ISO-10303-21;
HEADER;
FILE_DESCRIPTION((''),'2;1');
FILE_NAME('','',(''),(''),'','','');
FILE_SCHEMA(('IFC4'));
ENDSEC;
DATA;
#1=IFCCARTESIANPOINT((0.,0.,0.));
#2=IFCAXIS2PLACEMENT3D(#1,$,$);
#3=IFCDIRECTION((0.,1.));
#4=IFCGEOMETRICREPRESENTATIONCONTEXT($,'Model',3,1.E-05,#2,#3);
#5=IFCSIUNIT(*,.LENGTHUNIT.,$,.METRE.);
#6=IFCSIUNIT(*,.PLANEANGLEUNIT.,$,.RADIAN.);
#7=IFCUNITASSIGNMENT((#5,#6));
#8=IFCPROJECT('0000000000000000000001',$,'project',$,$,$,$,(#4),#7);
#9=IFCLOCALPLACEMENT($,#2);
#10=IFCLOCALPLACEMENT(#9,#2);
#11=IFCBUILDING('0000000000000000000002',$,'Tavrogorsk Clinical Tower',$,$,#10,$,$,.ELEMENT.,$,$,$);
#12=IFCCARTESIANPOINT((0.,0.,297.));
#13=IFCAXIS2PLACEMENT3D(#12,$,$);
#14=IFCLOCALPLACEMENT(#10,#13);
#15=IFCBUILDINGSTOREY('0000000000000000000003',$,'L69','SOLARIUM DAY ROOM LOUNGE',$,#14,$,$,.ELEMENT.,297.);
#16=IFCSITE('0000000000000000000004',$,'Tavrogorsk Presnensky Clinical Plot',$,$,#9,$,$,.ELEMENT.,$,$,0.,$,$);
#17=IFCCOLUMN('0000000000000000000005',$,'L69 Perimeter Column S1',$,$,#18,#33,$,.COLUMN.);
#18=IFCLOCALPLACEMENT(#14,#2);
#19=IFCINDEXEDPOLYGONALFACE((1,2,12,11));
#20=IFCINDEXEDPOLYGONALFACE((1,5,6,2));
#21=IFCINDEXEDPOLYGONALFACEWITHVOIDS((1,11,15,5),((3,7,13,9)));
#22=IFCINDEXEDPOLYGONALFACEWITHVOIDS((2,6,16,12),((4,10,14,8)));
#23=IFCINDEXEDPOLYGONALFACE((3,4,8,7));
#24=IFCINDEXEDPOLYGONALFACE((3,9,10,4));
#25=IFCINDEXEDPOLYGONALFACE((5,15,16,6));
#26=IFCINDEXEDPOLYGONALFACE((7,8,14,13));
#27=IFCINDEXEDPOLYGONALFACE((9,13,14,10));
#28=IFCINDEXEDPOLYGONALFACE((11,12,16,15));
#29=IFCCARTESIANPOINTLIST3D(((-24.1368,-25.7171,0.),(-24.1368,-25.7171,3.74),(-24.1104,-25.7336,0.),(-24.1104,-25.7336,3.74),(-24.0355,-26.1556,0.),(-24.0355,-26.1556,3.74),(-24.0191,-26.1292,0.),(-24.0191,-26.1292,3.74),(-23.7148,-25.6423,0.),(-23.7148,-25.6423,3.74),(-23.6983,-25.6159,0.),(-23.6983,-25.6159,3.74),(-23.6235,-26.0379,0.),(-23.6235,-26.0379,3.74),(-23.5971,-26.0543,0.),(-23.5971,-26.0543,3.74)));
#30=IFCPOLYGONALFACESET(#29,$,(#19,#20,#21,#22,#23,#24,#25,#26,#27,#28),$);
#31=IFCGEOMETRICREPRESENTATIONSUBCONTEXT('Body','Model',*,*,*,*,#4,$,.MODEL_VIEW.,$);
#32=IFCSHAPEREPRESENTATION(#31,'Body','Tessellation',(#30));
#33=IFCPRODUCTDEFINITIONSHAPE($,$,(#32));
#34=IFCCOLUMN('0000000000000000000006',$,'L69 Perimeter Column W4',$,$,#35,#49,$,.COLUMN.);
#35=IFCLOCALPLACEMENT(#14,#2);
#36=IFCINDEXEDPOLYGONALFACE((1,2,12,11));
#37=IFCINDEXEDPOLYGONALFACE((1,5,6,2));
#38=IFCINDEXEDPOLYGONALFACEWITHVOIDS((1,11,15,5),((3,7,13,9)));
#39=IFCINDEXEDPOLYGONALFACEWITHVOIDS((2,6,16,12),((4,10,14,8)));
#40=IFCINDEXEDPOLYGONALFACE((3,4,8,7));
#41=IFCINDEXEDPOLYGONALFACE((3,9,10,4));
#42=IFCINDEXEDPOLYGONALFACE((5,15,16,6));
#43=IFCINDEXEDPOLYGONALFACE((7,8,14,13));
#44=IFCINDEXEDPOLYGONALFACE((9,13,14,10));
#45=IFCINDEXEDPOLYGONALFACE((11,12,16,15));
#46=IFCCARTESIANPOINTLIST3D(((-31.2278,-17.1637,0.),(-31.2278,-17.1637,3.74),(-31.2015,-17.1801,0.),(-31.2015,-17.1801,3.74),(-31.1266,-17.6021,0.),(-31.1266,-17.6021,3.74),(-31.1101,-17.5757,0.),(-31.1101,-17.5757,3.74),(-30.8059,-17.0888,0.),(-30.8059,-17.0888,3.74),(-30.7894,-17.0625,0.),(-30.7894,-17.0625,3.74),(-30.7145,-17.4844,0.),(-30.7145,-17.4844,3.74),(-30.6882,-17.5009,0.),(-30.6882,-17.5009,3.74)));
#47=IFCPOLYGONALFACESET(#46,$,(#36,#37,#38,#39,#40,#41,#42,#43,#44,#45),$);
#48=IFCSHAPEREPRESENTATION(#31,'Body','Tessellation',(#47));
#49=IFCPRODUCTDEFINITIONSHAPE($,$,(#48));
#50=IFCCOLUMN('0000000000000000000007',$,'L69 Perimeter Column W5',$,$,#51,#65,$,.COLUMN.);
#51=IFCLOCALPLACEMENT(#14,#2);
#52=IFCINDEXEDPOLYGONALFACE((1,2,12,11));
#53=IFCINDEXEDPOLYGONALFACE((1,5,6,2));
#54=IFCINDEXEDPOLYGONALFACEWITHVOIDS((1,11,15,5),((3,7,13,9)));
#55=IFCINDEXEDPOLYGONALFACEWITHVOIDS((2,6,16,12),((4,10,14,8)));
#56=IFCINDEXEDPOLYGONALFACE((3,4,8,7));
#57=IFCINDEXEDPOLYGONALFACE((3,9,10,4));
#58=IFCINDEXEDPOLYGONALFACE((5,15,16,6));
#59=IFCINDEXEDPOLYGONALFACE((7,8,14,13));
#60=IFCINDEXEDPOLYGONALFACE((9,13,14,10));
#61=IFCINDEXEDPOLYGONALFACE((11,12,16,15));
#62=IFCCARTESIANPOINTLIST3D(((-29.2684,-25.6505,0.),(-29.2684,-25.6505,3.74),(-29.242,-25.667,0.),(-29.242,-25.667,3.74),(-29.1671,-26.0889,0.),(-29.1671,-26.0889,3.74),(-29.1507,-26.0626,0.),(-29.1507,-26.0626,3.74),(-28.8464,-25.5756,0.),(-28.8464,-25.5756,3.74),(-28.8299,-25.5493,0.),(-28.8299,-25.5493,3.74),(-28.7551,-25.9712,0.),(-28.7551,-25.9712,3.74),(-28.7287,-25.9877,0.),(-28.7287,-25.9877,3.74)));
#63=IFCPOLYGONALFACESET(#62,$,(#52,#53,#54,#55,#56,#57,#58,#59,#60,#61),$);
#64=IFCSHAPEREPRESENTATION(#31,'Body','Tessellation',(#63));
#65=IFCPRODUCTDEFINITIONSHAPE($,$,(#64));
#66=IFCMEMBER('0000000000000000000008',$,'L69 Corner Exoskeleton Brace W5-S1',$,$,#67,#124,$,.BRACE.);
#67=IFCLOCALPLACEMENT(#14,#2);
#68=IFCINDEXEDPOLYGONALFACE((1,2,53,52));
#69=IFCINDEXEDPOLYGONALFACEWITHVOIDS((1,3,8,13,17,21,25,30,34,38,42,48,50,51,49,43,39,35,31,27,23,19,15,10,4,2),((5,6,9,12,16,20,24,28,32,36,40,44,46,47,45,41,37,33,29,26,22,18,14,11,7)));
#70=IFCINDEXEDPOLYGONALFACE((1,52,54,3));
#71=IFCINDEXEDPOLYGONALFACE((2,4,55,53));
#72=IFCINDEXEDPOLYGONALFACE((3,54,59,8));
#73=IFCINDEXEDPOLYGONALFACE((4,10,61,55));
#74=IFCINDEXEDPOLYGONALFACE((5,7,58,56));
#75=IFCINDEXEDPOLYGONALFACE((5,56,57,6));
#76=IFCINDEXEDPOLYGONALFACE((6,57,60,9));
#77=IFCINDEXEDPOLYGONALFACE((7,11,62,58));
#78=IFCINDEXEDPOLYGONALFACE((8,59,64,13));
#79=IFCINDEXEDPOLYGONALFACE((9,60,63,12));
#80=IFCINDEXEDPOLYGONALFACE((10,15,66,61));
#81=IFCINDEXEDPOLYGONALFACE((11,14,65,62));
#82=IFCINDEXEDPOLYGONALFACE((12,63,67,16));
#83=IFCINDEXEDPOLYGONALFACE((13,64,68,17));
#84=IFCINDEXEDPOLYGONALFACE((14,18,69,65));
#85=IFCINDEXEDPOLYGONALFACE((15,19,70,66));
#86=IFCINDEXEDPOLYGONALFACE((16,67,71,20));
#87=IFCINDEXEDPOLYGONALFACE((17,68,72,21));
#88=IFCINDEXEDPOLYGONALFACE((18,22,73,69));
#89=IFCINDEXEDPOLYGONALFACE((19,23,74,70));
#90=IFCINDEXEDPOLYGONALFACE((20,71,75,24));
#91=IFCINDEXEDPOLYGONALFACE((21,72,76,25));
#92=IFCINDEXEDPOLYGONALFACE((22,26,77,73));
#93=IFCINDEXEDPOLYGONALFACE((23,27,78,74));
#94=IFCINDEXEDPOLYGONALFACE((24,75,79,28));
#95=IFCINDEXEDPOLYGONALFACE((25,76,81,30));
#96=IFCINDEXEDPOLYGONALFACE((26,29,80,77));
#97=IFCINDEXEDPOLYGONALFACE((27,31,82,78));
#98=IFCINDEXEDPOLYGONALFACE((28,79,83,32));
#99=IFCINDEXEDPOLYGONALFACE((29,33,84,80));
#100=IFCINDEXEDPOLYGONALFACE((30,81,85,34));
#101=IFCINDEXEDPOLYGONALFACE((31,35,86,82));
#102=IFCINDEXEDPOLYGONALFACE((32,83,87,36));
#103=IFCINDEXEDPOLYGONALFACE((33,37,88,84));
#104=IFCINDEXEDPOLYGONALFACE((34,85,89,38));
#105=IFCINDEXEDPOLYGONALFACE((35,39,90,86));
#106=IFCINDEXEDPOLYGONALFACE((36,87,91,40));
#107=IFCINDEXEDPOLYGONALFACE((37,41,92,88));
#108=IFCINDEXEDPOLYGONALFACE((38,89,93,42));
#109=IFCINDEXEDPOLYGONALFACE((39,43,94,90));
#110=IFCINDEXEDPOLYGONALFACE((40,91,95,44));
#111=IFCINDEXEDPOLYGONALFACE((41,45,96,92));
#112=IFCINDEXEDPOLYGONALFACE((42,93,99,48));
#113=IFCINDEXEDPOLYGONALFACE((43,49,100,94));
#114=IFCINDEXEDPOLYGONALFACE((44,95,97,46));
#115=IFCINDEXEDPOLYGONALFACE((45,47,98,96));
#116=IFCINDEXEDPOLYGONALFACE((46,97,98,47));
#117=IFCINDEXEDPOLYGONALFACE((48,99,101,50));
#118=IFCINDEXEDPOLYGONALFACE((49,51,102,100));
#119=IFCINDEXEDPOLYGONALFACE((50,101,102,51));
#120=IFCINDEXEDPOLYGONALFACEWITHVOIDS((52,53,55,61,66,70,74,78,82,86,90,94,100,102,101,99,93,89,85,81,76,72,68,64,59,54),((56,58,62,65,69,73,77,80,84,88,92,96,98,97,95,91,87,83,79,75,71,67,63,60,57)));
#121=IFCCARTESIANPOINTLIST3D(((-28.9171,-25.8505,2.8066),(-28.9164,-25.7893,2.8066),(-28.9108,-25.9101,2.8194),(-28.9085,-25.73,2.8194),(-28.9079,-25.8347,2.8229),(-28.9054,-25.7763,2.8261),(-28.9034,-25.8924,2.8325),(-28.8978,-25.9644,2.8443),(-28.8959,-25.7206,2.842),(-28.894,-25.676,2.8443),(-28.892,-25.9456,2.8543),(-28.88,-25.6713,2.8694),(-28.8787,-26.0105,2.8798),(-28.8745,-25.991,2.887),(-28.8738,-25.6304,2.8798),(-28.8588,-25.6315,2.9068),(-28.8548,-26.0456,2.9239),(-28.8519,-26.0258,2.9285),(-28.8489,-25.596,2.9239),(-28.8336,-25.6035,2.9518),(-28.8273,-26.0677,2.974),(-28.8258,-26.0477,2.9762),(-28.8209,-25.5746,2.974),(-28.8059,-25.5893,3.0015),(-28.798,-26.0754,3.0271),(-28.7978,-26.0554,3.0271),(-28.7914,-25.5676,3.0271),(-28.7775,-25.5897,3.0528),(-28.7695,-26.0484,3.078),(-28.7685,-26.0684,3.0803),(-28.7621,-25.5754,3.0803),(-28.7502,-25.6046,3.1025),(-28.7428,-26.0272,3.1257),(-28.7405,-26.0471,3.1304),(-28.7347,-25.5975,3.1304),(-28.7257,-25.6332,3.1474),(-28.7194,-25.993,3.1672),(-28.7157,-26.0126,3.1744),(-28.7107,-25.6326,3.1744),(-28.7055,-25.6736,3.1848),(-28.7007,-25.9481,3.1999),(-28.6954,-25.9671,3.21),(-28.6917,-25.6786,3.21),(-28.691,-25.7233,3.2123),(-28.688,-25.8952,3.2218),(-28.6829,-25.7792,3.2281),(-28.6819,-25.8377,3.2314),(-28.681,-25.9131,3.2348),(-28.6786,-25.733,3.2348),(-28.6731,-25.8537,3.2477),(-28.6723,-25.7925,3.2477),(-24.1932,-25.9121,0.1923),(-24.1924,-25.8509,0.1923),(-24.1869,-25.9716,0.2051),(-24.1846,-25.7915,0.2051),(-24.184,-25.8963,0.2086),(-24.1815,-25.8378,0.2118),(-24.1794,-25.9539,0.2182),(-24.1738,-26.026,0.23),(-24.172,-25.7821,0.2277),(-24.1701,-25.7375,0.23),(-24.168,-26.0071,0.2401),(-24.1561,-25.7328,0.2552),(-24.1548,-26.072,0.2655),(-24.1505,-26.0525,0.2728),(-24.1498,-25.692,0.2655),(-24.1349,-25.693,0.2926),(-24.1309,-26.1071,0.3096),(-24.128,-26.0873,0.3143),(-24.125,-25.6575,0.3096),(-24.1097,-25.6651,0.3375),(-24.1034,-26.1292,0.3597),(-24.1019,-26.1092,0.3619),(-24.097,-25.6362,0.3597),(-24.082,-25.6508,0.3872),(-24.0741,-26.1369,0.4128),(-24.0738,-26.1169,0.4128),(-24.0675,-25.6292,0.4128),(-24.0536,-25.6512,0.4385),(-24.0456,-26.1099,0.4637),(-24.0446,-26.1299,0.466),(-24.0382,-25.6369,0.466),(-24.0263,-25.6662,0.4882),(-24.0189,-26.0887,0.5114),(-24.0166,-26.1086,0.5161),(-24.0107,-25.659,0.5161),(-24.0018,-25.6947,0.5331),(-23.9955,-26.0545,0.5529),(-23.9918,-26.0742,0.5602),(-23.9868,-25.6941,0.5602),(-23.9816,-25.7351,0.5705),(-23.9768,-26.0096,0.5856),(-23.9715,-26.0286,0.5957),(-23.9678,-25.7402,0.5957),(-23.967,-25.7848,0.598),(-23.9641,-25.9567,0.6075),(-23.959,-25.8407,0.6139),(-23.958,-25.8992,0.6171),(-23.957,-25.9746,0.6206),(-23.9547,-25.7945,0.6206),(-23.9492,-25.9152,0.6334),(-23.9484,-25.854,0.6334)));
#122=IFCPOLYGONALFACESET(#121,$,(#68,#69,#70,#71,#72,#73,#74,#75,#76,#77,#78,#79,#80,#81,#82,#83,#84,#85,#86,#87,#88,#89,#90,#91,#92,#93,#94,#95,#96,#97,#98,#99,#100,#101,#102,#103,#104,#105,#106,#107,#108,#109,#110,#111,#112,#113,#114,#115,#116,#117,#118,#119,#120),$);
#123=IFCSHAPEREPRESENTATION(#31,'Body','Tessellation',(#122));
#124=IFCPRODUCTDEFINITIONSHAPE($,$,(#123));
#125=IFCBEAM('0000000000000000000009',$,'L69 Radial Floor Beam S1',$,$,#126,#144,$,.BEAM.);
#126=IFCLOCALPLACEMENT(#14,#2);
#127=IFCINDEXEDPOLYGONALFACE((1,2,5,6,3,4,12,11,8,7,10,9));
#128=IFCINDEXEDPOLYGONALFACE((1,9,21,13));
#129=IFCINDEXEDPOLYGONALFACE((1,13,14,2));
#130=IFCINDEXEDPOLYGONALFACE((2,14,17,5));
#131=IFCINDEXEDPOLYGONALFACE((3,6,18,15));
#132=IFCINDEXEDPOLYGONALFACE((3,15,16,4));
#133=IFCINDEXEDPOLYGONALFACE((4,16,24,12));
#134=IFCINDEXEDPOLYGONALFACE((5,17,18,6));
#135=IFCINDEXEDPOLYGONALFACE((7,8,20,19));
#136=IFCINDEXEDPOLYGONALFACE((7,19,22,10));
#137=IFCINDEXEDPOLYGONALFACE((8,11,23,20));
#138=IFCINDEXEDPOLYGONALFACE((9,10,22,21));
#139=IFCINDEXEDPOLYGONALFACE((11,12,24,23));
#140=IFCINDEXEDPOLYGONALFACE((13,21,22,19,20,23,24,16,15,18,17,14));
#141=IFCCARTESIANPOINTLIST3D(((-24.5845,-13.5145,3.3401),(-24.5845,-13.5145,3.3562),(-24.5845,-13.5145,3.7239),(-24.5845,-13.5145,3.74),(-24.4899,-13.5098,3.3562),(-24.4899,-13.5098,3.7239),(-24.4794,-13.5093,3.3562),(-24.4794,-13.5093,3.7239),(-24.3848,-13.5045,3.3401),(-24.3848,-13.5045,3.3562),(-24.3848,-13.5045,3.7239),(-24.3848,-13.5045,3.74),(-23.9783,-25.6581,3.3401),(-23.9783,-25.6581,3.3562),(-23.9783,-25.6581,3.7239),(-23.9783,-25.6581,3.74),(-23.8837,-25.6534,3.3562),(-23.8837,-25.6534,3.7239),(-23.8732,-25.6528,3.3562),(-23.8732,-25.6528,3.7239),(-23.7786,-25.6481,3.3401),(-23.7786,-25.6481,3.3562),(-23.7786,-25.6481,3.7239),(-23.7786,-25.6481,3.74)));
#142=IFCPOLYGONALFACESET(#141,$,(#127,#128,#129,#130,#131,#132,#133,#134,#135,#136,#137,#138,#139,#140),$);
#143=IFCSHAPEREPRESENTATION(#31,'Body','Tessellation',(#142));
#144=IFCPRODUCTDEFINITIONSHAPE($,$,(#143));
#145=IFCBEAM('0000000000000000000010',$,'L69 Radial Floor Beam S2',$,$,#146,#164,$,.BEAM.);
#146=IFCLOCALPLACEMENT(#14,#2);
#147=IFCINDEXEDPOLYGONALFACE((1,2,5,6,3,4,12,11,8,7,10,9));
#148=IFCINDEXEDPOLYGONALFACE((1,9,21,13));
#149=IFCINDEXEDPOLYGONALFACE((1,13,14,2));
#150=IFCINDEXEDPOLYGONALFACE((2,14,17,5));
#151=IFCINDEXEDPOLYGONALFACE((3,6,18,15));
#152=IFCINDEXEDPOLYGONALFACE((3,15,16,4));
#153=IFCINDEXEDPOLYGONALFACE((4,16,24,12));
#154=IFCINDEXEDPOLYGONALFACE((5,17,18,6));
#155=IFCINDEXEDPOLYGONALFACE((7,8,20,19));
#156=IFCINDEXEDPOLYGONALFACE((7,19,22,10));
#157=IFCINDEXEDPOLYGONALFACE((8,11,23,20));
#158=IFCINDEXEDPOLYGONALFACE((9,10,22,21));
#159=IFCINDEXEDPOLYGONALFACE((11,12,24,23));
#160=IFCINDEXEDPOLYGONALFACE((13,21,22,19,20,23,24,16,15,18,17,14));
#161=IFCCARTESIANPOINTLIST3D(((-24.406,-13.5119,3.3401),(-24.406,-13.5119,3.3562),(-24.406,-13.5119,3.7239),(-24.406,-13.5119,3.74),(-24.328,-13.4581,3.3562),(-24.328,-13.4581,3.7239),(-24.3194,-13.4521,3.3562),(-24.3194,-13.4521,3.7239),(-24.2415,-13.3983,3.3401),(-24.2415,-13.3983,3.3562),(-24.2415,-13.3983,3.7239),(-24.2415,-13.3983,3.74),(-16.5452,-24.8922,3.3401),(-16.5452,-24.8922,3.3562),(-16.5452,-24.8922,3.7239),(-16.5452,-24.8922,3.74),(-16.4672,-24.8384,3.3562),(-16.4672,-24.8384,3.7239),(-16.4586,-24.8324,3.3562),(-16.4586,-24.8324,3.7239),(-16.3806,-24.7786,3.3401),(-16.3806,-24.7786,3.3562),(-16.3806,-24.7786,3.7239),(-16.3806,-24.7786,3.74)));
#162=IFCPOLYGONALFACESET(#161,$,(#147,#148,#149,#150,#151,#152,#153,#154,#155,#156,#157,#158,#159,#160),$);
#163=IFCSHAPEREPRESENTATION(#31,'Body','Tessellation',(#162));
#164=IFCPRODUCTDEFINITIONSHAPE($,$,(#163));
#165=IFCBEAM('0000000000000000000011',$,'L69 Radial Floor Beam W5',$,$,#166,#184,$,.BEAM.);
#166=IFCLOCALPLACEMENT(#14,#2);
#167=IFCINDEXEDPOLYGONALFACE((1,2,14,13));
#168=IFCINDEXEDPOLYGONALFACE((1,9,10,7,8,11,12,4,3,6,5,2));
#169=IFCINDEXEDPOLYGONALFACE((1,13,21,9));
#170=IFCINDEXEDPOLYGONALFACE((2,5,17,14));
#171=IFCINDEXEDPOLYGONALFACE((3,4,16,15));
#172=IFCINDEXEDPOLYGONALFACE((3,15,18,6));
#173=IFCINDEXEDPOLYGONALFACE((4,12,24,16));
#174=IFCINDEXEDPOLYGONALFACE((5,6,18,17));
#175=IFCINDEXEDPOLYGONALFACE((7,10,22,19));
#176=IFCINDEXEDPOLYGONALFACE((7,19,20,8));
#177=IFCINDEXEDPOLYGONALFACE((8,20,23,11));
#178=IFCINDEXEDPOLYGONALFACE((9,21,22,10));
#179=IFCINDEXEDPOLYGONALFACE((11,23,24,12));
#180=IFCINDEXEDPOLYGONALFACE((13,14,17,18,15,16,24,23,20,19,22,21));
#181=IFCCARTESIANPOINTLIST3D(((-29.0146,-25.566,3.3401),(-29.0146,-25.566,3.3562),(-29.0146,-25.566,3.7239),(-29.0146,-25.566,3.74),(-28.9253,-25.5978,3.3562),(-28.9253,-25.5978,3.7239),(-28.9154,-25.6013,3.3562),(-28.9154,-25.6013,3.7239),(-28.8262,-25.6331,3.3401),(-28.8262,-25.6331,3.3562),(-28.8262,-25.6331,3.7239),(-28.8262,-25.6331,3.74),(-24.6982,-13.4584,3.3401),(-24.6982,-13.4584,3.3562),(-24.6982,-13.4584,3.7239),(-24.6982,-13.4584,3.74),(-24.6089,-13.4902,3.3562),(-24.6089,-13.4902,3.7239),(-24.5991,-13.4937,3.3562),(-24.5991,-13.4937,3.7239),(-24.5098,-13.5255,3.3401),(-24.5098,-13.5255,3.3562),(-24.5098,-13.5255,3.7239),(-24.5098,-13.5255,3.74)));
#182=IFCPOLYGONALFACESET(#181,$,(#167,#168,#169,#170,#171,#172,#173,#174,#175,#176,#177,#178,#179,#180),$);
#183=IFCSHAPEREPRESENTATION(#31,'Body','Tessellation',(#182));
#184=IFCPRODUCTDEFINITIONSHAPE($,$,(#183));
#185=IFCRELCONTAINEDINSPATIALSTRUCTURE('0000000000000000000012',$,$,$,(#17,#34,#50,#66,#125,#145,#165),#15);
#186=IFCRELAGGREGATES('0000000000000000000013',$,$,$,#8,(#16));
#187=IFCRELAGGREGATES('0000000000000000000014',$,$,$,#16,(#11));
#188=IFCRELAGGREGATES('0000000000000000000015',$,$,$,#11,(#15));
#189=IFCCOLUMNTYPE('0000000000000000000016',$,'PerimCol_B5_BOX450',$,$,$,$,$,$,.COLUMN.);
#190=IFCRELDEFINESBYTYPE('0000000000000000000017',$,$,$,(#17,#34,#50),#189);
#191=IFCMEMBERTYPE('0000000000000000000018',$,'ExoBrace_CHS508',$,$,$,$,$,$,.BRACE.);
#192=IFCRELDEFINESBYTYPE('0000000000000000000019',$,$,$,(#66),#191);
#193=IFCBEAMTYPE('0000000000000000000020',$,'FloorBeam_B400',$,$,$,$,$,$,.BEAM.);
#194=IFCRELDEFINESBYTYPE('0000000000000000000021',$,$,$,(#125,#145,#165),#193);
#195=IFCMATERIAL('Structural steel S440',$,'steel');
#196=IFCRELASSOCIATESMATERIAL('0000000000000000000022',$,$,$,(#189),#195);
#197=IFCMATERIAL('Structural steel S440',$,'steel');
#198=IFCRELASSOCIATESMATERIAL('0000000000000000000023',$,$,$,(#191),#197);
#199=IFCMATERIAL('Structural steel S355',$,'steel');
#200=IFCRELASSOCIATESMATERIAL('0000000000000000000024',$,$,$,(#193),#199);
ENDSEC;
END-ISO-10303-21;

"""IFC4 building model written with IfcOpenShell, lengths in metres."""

from ifc_helpers import new_model, si_unit, direction, frame, origin, origin_2d, place, context, subcontext, project, spatial, hollow_rectangle, hollow_circle, i_section, extrude, material, material_profile, profile_set, type_object, element, save


model = new_model("IFC4")

# Units and contexts
model_context = context("Model", 3, precision=1e-05, world=origin(), true_north=direction((0.0, 1.0)))
body_context = subcontext(model_context, "Body", "Model", "MODEL_VIEW")
ifc_project = project(units=[si_unit("LENGTHUNIT", "METRE"), si_unit("PLANEANGLEUNIT", "RADIAN")], contexts=[model_context])

# Site, building, storey
site_placement = place(None, origin())
site = spatial("IfcSite", under=ifc_project, at=site_placement, Name="Tavrogorsk Presnensky Clinical Plot", CompositionType="ELEMENT", RefElevation=0.0)
building_placement = place(site_placement, origin())
building = spatial("IfcBuilding", under=site, at=building_placement, Name="Tavrogorsk Clinical Tower", CompositionType="ELEMENT")
storey_placement = place(building_placement, frame((0.0, 0.0, 297.0)))
storey = spatial("IfcBuildingStorey", under=building, at=storey_placement, Name="L69", Description="SOLARIUM DAY ROOM LOUNGE", CompositionType="ELEMENT", Elevation=297.0)

# Columns
ifc_material_1 = material(Name="Structural steel S440", Category="steel")
ifc_material_profile_1 = material_profile(ifc_material_1, hollow_rectangle(XDim=0.45, YDim=0.45, WallThickness=0.022, at=origin_2d()), Name="BOX-450x450x22")
ifc_profile_set_1 = profile_set([ifc_material_profile_1], Name="Structural steel S440")
column_type = type_object("IfcColumnType", Name="PerimCol_B5_BOX450", PredefinedType="COLUMN", material=ifc_profile_set_1)
for number, where, z_axis, x_axis, name in (
    (1, (-23.8669, -25.8857, 0.0), (0.0, 0.0, 1.0), (0.97437, 0.224951, 0.0), "L69 Perimeter Column S1"),
    (2, (-30.958, -17.3323, 0.0), (0.0, 0.0, 1.0), (0.97437, 0.224951, 0.0), "L69 Perimeter Column W4"),
    (3, (-28.9985, -25.8191, 0.0), (0.0, 0.0, 1.0), (0.97437, 0.224951, 0.0), "L69 Perimeter Column W5"),
):
    element("IfcColumn", number, at=place(storey_placement, frame(where, z_axis=z_axis, x_axis=x_axis)), inside=storey, type_object=column_type, Name=name, PredefinedType="COLUMN", context=body_context, shape_type="SweptSolid", body=[
        extrude(hollow_rectangle(XDim=0.45, YDim=0.45, WallThickness=0.022, at=origin_2d()), origin(), (0.0, 0.0, 1.0), 3.74),
    ])

# Member
ifc_material_2 = material(Name="Structural steel S440", Category="steel")
ifc_material_profile_2 = material_profile(ifc_material_2, hollow_circle(Radius=0.2539, WallThickness=0.02, at=origin_2d()), Name="CHS-508x20")
ifc_profile_set_2 = profile_set([ifc_material_profile_2], Name="Structural steel S440")
member_type_1 = type_object("IfcMemberType", Name="ExoBrace_CHS508", PredefinedType="BRACE", material=ifc_profile_set_2)
member_placement = place(storey_placement, frame((-24.0708, -25.8831, 0.4128), z_axis=(-0.874895, 0.011395, 0.484179), x_axis=(-0.013023, -0.999915, 0.0)))
element("IfcMember", 4, at=member_placement, inside=storey, type_object=member_type_1, Name="L69 Corner Exoskeleton Brace W5-S1", PredefinedType="BRACE", context=body_context, shape_type="SweptSolid", body=[
    extrude(hollow_circle(Radius=0.2539, WallThickness=0.02, at=origin_2d()), origin(), (0.0, 0.0, 1.0), 5.3994),
])

# Beams
ifc_material_3 = material(Name="Structural steel S355", Category="steel")
ifc_material_profile_3 = material_profile(ifc_material_3, i_section(OverallWidth=0.2, OverallDepth=0.3999, WebThickness=0.0105, FlangeThickness=0.0161, at=origin_2d()), Name="B-400x200x10.5x16")
ifc_profile_set_3 = profile_set([ifc_material_profile_3], Name="Structural steel S355")
beam_type_1 = type_object("IfcBeamType", Name="FloorBeam_B400", PredefinedType="BEAM", material=ifc_profile_set_3)
beam_1_placement = place(storey_placement, frame((-24.4846, -13.5095, 3.54), z_axis=(0.049857, -0.998756, 0.0), x_axis=(0.998756, 0.049857, 0.0)))
element("IfcBeam", 5, at=beam_1_placement, inside=storey, type_object=beam_type_1, Name="L69 Radial Floor Beam S1", PredefinedType="BEAM", context=body_context, shape_type="SweptSolid", body=[
    extrude(i_section(OverallWidth=0.2, OverallDepth=0.3999, WebThickness=0.0105, FlangeThickness=0.0161, at=origin_2d()), origin(), (0.0, 0.0, 1.0), 12.1587),
])
beam_2_placement = place(storey_placement, frame((-24.3237, -13.4551, 3.54), z_axis=(0.568336, -0.822797, 0.0), x_axis=(0.822797, 0.568336, 0.0)))
element("IfcBeam", 6, at=beam_2_placement, inside=storey, type_object=beam_type_1, Name="L69 Radial Floor Beam S2", PredefinedType="BEAM", context=body_context, shape_type="SweptSolid", body=[
    extrude(i_section(OverallWidth=0.2, OverallDepth=0.3999, WebThickness=0.0105, FlangeThickness=0.0161, at=origin_2d()), origin(), (0.0, 0.0, 1.0), 13.8313),
])
beam_3_placement = place(storey_placement, frame((-24.604, -13.4919, 3.54), z_axis=(-0.335801, -0.941933, 0.0), x_axis=(0.941933, -0.335801, 0.0)))
element("IfcBeam", 7, at=beam_3_placement, inside=storey, type_object=beam_type_1, Name="L69 Radial Floor Beam W5", PredefinedType="BEAM", context=body_context, shape_type="SweptSolid", body=[
    extrude(i_section(OverallWidth=0.2, OverallDepth=0.3999, WebThickness=0.0105, FlangeThickness=0.0161, at=origin_2d()), origin(), (0.0, 0.0, 1.0), 12.854),
])

save(model, "model.ifc")
